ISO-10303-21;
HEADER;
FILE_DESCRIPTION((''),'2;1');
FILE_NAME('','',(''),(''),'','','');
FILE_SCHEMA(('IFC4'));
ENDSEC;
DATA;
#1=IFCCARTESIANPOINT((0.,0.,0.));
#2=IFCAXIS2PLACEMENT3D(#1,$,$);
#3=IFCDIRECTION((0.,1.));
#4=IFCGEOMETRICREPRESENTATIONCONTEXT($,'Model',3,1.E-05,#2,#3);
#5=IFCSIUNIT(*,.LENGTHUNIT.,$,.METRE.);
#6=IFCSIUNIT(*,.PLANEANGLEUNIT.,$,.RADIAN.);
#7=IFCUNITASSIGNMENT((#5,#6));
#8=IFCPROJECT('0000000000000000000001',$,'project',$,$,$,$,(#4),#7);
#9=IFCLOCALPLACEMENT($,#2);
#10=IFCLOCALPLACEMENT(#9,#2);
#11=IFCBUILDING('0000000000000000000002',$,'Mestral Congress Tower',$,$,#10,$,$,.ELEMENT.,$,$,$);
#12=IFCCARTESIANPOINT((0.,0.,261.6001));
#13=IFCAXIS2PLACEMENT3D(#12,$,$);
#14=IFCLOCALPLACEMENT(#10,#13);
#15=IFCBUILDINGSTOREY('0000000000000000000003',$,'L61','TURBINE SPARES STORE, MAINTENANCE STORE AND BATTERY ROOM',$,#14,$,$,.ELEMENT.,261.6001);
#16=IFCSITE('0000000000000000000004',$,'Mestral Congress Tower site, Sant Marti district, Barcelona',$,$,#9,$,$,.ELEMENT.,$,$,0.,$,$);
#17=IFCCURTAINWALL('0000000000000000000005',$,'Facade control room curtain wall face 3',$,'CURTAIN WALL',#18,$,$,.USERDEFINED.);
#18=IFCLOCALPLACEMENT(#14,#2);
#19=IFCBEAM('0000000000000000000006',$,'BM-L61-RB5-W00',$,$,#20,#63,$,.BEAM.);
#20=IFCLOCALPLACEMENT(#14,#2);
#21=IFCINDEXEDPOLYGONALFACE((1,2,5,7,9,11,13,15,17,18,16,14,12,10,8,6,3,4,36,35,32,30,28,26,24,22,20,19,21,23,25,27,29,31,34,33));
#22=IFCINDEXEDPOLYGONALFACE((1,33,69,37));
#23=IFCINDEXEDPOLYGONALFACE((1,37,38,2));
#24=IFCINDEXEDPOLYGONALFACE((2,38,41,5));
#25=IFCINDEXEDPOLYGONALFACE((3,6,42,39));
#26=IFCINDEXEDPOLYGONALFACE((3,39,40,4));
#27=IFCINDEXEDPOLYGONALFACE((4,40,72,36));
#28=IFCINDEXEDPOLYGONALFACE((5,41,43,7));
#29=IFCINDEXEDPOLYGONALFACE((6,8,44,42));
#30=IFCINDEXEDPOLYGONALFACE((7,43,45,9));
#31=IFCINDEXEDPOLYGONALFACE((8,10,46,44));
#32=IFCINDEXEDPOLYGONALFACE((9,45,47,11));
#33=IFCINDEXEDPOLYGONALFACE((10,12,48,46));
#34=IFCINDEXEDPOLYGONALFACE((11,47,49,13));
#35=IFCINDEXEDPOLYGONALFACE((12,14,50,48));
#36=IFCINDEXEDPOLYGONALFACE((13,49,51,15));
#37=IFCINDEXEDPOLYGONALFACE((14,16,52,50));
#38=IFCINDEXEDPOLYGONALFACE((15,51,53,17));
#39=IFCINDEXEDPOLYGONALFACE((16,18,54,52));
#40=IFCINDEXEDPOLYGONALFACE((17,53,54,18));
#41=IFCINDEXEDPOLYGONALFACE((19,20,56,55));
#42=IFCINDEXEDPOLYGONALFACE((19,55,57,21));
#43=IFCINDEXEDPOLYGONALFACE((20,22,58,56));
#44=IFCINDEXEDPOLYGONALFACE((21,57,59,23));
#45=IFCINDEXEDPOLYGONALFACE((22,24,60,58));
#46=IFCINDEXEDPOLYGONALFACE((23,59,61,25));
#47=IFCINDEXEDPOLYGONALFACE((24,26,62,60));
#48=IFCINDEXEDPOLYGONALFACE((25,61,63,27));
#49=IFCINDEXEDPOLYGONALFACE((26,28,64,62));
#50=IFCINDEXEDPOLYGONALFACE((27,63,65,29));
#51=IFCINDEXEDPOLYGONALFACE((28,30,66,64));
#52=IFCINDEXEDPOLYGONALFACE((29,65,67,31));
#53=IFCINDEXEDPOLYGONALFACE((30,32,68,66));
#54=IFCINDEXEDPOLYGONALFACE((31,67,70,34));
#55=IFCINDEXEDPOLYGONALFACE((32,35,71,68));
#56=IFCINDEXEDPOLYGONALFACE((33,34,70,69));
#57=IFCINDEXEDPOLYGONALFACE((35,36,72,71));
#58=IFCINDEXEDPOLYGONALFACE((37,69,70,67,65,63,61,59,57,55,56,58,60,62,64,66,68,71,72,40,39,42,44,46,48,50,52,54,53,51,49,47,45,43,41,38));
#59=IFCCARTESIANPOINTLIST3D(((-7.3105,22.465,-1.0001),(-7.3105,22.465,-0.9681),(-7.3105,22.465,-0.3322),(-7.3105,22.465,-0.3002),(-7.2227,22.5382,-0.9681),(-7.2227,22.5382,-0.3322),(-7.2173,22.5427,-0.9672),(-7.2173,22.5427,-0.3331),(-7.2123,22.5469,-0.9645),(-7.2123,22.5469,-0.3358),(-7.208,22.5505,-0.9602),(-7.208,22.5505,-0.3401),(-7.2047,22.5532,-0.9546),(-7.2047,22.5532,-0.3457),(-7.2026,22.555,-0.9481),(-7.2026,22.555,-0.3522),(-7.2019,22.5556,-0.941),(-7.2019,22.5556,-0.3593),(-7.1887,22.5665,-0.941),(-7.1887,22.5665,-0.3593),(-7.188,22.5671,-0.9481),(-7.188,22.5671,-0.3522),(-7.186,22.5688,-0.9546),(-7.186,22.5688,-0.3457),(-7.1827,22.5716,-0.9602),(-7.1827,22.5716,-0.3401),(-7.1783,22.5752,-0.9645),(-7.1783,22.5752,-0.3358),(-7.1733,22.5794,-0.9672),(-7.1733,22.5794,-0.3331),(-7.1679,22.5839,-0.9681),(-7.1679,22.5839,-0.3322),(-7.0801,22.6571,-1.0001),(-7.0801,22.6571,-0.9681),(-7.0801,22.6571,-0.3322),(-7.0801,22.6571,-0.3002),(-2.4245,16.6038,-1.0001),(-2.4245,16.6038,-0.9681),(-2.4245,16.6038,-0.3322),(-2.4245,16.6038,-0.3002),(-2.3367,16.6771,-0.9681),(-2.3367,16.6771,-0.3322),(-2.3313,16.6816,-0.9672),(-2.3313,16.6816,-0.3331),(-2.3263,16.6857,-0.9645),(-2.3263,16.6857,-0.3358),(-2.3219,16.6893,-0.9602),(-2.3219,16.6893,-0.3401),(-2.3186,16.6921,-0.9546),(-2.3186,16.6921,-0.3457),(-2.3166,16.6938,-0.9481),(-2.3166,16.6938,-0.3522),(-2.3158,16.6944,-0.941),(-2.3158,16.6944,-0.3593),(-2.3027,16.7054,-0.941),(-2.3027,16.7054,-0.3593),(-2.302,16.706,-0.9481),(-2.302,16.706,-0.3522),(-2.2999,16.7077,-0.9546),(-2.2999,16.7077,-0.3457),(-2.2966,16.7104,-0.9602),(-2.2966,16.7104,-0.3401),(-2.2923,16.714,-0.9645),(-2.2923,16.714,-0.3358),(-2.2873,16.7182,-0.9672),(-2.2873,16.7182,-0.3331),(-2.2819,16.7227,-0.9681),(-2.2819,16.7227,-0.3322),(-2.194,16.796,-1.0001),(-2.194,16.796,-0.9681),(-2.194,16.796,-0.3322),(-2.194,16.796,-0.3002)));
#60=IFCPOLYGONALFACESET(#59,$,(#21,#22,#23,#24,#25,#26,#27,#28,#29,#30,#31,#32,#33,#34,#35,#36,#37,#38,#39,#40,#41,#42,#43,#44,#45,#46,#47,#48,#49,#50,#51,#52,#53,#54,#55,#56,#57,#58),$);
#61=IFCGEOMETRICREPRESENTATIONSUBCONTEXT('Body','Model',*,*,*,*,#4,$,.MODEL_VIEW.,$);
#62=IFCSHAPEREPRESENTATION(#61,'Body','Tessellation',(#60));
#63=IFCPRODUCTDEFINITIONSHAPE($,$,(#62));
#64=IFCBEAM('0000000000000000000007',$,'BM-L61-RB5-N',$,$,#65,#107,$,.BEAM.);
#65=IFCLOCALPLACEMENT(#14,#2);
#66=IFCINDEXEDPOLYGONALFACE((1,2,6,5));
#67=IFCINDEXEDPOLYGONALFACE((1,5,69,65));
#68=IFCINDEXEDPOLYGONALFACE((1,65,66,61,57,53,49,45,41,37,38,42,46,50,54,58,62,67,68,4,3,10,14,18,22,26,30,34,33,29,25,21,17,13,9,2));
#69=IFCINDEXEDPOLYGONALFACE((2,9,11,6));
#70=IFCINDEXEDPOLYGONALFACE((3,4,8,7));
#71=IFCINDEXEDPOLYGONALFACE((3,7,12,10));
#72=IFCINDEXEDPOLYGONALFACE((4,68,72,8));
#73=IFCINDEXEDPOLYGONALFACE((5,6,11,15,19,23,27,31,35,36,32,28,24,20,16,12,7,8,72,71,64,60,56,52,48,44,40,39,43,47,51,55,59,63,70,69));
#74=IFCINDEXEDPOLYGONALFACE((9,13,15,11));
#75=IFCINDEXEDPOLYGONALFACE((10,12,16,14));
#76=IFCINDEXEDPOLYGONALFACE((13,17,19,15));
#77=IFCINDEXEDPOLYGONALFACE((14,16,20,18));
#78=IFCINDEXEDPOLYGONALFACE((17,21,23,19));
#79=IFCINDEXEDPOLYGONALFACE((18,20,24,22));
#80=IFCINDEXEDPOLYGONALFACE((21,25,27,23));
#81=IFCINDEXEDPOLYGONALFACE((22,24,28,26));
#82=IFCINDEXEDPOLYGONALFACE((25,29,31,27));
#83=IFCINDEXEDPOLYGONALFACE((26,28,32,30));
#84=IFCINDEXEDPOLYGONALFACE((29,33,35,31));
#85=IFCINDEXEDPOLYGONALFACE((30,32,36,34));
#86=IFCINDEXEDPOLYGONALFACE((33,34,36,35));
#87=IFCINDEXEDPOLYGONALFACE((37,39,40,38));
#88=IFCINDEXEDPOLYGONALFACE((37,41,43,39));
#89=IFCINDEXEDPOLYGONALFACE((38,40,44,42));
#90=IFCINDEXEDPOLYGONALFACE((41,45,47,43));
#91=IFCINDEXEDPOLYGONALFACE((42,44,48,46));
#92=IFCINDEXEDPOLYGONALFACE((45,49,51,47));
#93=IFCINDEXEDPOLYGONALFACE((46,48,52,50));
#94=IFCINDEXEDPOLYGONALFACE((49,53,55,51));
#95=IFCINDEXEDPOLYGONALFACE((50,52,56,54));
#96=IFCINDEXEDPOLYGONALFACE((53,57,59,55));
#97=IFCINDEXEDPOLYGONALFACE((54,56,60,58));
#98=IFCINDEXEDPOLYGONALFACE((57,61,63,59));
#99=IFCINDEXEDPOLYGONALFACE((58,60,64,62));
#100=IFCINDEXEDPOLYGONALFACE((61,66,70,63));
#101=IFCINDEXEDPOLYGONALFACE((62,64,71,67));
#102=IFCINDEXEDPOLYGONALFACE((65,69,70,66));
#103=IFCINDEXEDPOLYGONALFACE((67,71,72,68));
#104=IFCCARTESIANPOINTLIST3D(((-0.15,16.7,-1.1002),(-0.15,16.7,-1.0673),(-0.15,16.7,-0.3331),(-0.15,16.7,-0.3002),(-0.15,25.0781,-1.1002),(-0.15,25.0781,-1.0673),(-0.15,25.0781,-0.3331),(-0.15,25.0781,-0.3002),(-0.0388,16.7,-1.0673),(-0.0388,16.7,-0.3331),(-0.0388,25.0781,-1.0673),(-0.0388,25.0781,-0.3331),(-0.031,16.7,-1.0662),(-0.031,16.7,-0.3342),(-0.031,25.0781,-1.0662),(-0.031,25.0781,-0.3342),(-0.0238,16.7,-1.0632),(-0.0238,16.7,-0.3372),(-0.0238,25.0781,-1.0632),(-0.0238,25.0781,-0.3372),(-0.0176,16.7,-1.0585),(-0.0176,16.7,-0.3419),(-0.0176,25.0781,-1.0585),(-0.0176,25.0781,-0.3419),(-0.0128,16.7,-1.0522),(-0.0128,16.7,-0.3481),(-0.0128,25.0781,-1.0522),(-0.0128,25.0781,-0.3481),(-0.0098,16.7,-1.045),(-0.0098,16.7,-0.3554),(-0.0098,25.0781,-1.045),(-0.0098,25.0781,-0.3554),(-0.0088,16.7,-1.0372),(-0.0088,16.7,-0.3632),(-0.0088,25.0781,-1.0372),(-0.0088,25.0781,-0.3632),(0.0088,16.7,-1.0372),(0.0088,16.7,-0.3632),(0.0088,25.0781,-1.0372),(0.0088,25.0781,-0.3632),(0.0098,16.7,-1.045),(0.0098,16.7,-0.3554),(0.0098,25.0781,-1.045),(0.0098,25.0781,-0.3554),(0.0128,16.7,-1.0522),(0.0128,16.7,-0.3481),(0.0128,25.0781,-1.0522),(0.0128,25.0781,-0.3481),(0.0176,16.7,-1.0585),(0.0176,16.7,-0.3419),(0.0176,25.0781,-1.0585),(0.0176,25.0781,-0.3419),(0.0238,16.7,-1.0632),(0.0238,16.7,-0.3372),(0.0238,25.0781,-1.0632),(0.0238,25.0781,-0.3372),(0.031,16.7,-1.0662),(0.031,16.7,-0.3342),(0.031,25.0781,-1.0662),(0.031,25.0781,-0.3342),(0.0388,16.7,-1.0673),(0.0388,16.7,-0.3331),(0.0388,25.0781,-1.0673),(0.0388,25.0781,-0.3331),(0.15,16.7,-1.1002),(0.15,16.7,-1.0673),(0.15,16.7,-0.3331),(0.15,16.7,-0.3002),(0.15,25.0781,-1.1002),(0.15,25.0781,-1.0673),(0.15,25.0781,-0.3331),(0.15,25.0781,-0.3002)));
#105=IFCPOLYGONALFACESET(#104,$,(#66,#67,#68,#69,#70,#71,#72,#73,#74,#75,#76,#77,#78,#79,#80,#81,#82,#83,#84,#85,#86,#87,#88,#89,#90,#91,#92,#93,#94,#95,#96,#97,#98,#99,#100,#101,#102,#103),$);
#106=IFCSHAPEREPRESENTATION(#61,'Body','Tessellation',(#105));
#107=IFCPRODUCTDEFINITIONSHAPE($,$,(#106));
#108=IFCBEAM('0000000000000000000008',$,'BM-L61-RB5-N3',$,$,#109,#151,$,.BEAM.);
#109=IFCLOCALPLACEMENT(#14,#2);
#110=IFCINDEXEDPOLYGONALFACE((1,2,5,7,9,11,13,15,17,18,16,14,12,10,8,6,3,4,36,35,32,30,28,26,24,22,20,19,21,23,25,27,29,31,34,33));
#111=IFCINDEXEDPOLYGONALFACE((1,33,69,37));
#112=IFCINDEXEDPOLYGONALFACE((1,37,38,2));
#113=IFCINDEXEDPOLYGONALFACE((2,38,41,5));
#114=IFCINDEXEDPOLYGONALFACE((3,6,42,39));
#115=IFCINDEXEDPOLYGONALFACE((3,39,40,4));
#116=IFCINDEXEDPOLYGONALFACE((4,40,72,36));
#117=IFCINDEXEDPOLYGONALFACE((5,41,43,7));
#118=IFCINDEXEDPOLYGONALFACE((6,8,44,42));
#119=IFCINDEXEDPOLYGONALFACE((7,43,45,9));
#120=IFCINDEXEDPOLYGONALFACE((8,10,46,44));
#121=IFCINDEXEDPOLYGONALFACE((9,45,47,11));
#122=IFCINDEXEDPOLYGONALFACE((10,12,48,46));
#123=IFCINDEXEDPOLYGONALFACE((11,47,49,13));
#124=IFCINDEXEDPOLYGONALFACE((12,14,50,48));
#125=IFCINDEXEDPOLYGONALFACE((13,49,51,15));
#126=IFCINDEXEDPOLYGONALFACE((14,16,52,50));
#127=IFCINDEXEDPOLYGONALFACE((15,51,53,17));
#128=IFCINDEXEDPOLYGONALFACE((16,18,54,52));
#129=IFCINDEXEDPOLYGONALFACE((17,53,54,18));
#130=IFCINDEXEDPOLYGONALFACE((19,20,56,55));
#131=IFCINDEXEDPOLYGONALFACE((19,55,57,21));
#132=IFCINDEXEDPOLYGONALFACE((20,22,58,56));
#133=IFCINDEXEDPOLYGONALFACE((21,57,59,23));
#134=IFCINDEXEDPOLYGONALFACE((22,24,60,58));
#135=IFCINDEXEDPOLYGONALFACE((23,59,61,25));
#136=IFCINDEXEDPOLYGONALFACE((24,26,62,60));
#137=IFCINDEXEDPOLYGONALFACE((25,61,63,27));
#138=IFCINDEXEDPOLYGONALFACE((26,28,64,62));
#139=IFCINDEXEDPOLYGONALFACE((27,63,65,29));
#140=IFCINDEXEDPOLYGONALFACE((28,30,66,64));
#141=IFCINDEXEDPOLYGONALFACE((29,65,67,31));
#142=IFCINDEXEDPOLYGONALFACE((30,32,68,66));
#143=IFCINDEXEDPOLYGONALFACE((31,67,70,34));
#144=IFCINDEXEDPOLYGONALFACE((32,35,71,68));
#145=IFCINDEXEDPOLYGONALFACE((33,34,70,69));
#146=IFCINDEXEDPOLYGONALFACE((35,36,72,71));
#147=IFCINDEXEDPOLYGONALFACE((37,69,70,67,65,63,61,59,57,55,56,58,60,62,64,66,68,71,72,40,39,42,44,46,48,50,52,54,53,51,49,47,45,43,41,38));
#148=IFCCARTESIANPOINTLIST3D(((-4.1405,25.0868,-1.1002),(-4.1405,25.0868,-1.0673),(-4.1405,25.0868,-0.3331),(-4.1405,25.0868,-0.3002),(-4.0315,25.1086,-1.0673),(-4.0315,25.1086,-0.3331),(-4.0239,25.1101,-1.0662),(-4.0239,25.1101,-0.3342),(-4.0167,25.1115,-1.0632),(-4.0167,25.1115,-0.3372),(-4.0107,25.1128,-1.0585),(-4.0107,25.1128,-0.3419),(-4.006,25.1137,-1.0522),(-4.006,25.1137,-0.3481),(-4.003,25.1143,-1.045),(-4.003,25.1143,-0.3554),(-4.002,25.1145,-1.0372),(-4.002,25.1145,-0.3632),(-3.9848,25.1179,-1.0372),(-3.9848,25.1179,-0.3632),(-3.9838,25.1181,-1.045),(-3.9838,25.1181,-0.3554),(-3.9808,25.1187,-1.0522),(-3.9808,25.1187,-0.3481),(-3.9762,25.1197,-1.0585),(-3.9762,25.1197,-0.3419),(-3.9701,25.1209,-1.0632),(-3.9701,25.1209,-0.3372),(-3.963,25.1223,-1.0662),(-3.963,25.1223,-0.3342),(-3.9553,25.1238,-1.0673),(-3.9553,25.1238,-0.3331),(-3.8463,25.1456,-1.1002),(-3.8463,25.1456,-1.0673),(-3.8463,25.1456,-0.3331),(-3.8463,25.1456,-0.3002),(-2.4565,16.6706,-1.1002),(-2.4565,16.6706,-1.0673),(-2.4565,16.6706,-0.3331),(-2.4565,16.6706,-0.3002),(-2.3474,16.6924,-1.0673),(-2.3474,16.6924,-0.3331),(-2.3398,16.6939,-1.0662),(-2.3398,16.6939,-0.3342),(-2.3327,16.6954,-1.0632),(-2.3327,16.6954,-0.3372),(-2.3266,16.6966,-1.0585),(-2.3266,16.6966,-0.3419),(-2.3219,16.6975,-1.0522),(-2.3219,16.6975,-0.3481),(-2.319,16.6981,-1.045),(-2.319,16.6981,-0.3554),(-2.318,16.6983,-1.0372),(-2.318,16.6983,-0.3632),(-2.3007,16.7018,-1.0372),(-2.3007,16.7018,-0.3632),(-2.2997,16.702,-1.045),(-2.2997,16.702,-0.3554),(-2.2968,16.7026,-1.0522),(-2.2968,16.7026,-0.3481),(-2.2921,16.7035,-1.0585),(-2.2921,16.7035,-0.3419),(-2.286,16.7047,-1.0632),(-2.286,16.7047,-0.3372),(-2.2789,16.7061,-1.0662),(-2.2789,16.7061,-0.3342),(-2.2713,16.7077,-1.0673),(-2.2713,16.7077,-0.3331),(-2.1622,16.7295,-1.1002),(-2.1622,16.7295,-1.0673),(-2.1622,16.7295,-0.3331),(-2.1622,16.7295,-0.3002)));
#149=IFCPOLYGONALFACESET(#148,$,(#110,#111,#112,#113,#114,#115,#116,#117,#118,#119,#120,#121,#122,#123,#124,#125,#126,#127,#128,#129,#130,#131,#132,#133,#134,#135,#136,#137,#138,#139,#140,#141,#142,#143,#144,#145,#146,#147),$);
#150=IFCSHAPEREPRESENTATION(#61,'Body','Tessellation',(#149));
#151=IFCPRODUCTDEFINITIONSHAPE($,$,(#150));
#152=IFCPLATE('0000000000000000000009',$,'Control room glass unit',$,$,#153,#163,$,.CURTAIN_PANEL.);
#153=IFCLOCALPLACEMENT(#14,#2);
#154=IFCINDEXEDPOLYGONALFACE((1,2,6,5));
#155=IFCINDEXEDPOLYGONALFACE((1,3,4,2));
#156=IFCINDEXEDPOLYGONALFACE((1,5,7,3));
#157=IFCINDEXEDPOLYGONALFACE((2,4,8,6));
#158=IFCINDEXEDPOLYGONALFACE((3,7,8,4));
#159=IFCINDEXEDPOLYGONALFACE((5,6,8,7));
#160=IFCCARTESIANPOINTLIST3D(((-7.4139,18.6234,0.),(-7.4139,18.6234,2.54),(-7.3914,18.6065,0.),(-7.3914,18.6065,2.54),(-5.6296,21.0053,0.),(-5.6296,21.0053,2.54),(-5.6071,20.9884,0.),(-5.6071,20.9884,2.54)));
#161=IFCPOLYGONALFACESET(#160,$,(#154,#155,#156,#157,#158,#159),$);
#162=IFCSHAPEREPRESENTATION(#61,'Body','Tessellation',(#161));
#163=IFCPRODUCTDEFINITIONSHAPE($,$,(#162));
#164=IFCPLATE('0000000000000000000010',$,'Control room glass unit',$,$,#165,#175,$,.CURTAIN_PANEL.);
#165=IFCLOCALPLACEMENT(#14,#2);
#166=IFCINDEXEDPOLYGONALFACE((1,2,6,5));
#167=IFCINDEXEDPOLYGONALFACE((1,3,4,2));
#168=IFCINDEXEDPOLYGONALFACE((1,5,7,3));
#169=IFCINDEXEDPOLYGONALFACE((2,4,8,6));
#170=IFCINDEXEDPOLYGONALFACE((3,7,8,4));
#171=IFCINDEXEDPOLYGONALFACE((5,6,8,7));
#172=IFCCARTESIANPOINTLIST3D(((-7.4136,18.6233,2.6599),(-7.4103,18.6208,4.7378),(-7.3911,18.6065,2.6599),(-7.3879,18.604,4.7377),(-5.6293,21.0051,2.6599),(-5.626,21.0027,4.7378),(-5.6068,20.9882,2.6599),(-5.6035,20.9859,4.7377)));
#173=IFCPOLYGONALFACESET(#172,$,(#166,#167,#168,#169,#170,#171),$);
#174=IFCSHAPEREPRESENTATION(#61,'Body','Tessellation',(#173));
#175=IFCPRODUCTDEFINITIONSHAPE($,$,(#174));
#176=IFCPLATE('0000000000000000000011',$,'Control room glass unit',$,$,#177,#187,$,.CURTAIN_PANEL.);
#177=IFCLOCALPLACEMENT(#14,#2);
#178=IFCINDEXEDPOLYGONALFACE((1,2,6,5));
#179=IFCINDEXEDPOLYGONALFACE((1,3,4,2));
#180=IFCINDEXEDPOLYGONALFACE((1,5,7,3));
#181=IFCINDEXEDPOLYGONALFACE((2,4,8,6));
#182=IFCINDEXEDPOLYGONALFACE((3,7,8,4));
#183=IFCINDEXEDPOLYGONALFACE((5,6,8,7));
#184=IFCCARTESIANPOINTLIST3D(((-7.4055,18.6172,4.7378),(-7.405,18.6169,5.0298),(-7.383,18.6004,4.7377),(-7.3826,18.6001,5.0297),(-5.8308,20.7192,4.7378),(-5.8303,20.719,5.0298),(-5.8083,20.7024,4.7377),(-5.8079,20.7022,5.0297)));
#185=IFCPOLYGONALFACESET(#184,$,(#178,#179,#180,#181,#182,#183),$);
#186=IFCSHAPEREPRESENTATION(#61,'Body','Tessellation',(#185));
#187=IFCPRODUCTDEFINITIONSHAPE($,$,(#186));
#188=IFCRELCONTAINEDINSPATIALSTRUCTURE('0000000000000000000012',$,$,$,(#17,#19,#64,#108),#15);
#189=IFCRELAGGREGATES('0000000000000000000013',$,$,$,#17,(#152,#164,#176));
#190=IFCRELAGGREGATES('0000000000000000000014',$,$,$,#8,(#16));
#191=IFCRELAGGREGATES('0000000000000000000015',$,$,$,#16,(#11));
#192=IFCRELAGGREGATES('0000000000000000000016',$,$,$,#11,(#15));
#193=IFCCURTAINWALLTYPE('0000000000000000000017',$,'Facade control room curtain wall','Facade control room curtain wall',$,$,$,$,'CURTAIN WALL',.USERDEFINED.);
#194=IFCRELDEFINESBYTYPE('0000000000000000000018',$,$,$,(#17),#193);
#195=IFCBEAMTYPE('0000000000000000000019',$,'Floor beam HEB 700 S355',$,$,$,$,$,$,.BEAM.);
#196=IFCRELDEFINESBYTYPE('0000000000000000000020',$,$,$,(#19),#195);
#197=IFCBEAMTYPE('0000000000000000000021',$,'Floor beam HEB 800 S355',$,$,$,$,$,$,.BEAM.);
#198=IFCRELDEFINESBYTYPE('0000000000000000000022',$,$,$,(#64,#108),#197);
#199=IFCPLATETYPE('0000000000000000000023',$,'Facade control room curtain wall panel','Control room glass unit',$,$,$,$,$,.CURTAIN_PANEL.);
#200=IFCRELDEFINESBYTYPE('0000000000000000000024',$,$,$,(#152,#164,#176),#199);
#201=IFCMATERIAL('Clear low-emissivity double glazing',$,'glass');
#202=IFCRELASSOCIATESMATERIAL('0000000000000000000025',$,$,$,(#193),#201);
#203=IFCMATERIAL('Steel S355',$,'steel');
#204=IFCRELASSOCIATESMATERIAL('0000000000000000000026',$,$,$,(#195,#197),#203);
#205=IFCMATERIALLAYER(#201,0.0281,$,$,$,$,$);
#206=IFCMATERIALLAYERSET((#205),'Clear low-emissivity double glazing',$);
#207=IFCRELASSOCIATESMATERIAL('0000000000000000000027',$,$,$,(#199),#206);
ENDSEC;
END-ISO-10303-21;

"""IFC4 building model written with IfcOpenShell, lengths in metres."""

from ifc_helpers import new_model, si_unit, direction, frame, origin, origin_2d, place, context, subcontext, project, spatial, polyline, rectangle, i_section, outline, extrude, material, layer, layer_set, material_profile, profile_set, type_object, element, aggregate, save


model = new_model("IFC4")

# Units and contexts
model_context = context("Model", 3, precision=1e-05, world=origin(), true_north=direction((0.0, 1.0)))
body_context = subcontext(model_context, "Body", "Model", "MODEL_VIEW")
ifc_project = project(units=[si_unit("LENGTHUNIT", "METRE"), si_unit("PLANEANGLEUNIT", "RADIAN")], contexts=[model_context])

# Site, building, storey
site_placement = place(None, origin())
site = spatial("IfcSite", under=ifc_project, at=site_placement, Name="Mestral Congress Tower site, Sant Marti district, Barcelona", CompositionType="ELEMENT", RefElevation=0.0)
building_placement = place(site_placement, origin())
building = spatial("IfcBuilding", under=site, at=building_placement, Name="Mestral Congress Tower", CompositionType="ELEMENT")
storey_placement = place(building_placement, frame((0.0, 0.0, 261.6001)))
storey = spatial("IfcBuildingStorey", under=building, at=storey_placement, Name="L61", Description="TURBINE SPARES STORE, MAINTENANCE STORE AND BATTERY ROOM", CompositionType="ELEMENT", Elevation=261.6001)

# Curtain wall
ifc_material_1 = material(Name="Clear low-emissivity double glazing", Category="glass")
curtain_wall_type = type_object("IfcCurtainWallType", Name="Facade control room curtain wall", Description="Facade control room curtain wall", ElementType="CURTAIN WALL", PredefinedType="USERDEFINED", material=ifc_material_1)
placement = place(storey_placement, origin())
curtain_wall_1 = element("IfcCurtainWall", 1, at=placement, inside=storey, type_object=curtain_wall_type, Name="Facade control room curtain wall face 3", ObjectType="CURTAIN WALL", PredefinedType="USERDEFINED")

# Beams
ifc_material_2 = material(Name="Steel S355", Category="steel")
ifc_material_profile_1 = material_profile(ifc_material_2, i_section(OverallWidth=0.3, OverallDepth=0.7, WebThickness=0.0171, FlangeThickness=0.032, FilletRadius=0.0271, at=origin_2d()), Name="HEB 700")
ifc_profile_set_1 = profile_set([ifc_material_profile_1], Name="Steel S355")
beam_type_1 = type_object("IfcBeamType", Name="Floor beam HEB 700 S355", PredefinedType="BEAM", material=ifc_profile_set_1)
beam_1_placement = place(storey_placement, frame((-7.1953, 22.561, -0.6501), z_axis=(0.64032, -0.768108, 0.0), x_axis=(0.768108, 0.64032, 0.0)))
element("IfcBeam", 2, at=beam_1_placement, inside=storey, type_object=beam_type_1, Name="BM-L61-RB5-W00", PredefinedType="BEAM", context=body_context, shape_type="SweptSolid", body=[
    extrude(i_section(OverallWidth=0.3, OverallDepth=0.7, WebThickness=0.0171, FlangeThickness=0.032, FilletRadius=0.0271, at=origin_2d()), origin(), (0.0, 0.0, 1.0), 7.6306),
])
ifc_material_profile_2 = material_profile(ifc_material_2, i_section(OverallWidth=0.3, OverallDepth=0.8, WebThickness=0.0176, FlangeThickness=0.033, FilletRadius=0.03, at=origin_2d()), Name="HEB 800")
ifc_profile_set_2 = profile_set([ifc_material_profile_2], Name="Steel S355")
beam_type_2 = type_object("IfcBeamType", Name="Floor beam HEB 800 S355", PredefinedType="BEAM", material=ifc_profile_set_2)
beam_2_placement = place(storey_placement, frame((0.0, 25.0781, -0.7002), z_axis=(0.0, -1.0, 0.0), x_axis=(1.0, 0.0, 0.0)))
element("IfcBeam", 3, at=beam_2_placement, inside=storey, type_object=beam_type_2, Name="BM-L61-RB5-N", PredefinedType="BEAM", context=body_context, shape_type="SweptSolid", body=[
    extrude(i_section(OverallWidth=0.3, OverallDepth=0.8, WebThickness=0.0176, FlangeThickness=0.033, FilletRadius=0.03, at=origin_2d()), origin(), (0.0, 0.0, 1.0), 8.3782),
])
beam_3_placement = place(storey_placement, frame((-3.9934, 25.1162, -0.7002), z_axis=(0.196209, -0.980562, 0.0), x_axis=(0.980562, 0.196209, 0.0)))
element("IfcBeam", 4, at=beam_3_placement, inside=storey, type_object=beam_type_2, Name="BM-L61-RB5-N3", PredefinedType="BEAM", context=body_context, shape_type="SweptSolid", body=[
    extrude(i_section(OverallWidth=0.3, OverallDepth=0.8, WebThickness=0.0176, FlangeThickness=0.033, FilletRadius=0.03, at=origin_2d()), origin(), (0.0, 0.0, 1.0), 8.583),
])

# Plates
ifc_layer_1 = layer(ifc_material_1, 0.0281)
ifc_layer_set_1 = layer_set([ifc_layer_1], Name="Clear low-emissivity double glazing")
plate_type = type_object("IfcPlateType", Name="Facade control room curtain wall panel", Description="Control room glass unit", PredefinedType="CURTAIN_PANEL", material=ifc_layer_set_1)
plate_1_placement = place(storey_placement, frame((-6.5105, 19.8059, 0.0), z_axis=(0.0, 0.0, 1.0), x_axis=(-0.599541, -0.800344, 0.0)))
plate_1 = element("IfcPlate", 5, at=plate_1_placement, type_object=plate_type, Name="Control room glass unit", PredefinedType="CURTAIN_PANEL", context=body_context, shape_type="SweptSolid", body=[
    extrude(rectangle(XDim=2.9761, YDim=0.0281, at=origin_2d()), origin(), (0.0, 0.0, 1.0), 2.54),
])
plate_2_placement = place(storey_placement, frame((-7.4136, 18.6233, 2.6599), z_axis=(-0.800333, 0.599552, 0.001974), x_axis=(0.599554, 0.800335, 0.0)))
plate_2 = element("IfcPlate", 6, at=plate_2_placement, type_object=plate_type, Name="Control room glass unit", PredefinedType="CURTAIN_PANEL", context=body_context, shape_type="SweptSolid", body=[
    extrude(outline(polyline([(0.0, 0.0), (2.976, 0.0), (2.9761, -2.0779), (-0.0001, -2.0779), (0.0, 0.0)])), origin(), (0.0, 0.0, -1.0), 0.0281),
])
plate_3_placement = place(storey_placement, frame((-7.405, 18.6169, 5.0298), z_axis=(-0.800333, 0.599553, 0.00184), x_axis=(-0.001672, 0.000836, -0.999998)))
plate_3 = element("IfcPlate", 7, at=plate_3_placement, type_object=plate_type, Name="Control room glass unit", PredefinedType="CURTAIN_PANEL", context=body_context, shape_type="SweptSolid", body=[
    extrude(outline(polyline([(0.0, 0.0), (0.292, 0.0), (0.2911, -2.6265), (-0.0009, -2.6265), (0.0, 0.0)])), origin(), (0.0, 0.0, -1.0), 0.0281),
])
aggregate(curtain_wall_1, [plate_1, plate_2, plate_3])

save(model, "model.ifc")
